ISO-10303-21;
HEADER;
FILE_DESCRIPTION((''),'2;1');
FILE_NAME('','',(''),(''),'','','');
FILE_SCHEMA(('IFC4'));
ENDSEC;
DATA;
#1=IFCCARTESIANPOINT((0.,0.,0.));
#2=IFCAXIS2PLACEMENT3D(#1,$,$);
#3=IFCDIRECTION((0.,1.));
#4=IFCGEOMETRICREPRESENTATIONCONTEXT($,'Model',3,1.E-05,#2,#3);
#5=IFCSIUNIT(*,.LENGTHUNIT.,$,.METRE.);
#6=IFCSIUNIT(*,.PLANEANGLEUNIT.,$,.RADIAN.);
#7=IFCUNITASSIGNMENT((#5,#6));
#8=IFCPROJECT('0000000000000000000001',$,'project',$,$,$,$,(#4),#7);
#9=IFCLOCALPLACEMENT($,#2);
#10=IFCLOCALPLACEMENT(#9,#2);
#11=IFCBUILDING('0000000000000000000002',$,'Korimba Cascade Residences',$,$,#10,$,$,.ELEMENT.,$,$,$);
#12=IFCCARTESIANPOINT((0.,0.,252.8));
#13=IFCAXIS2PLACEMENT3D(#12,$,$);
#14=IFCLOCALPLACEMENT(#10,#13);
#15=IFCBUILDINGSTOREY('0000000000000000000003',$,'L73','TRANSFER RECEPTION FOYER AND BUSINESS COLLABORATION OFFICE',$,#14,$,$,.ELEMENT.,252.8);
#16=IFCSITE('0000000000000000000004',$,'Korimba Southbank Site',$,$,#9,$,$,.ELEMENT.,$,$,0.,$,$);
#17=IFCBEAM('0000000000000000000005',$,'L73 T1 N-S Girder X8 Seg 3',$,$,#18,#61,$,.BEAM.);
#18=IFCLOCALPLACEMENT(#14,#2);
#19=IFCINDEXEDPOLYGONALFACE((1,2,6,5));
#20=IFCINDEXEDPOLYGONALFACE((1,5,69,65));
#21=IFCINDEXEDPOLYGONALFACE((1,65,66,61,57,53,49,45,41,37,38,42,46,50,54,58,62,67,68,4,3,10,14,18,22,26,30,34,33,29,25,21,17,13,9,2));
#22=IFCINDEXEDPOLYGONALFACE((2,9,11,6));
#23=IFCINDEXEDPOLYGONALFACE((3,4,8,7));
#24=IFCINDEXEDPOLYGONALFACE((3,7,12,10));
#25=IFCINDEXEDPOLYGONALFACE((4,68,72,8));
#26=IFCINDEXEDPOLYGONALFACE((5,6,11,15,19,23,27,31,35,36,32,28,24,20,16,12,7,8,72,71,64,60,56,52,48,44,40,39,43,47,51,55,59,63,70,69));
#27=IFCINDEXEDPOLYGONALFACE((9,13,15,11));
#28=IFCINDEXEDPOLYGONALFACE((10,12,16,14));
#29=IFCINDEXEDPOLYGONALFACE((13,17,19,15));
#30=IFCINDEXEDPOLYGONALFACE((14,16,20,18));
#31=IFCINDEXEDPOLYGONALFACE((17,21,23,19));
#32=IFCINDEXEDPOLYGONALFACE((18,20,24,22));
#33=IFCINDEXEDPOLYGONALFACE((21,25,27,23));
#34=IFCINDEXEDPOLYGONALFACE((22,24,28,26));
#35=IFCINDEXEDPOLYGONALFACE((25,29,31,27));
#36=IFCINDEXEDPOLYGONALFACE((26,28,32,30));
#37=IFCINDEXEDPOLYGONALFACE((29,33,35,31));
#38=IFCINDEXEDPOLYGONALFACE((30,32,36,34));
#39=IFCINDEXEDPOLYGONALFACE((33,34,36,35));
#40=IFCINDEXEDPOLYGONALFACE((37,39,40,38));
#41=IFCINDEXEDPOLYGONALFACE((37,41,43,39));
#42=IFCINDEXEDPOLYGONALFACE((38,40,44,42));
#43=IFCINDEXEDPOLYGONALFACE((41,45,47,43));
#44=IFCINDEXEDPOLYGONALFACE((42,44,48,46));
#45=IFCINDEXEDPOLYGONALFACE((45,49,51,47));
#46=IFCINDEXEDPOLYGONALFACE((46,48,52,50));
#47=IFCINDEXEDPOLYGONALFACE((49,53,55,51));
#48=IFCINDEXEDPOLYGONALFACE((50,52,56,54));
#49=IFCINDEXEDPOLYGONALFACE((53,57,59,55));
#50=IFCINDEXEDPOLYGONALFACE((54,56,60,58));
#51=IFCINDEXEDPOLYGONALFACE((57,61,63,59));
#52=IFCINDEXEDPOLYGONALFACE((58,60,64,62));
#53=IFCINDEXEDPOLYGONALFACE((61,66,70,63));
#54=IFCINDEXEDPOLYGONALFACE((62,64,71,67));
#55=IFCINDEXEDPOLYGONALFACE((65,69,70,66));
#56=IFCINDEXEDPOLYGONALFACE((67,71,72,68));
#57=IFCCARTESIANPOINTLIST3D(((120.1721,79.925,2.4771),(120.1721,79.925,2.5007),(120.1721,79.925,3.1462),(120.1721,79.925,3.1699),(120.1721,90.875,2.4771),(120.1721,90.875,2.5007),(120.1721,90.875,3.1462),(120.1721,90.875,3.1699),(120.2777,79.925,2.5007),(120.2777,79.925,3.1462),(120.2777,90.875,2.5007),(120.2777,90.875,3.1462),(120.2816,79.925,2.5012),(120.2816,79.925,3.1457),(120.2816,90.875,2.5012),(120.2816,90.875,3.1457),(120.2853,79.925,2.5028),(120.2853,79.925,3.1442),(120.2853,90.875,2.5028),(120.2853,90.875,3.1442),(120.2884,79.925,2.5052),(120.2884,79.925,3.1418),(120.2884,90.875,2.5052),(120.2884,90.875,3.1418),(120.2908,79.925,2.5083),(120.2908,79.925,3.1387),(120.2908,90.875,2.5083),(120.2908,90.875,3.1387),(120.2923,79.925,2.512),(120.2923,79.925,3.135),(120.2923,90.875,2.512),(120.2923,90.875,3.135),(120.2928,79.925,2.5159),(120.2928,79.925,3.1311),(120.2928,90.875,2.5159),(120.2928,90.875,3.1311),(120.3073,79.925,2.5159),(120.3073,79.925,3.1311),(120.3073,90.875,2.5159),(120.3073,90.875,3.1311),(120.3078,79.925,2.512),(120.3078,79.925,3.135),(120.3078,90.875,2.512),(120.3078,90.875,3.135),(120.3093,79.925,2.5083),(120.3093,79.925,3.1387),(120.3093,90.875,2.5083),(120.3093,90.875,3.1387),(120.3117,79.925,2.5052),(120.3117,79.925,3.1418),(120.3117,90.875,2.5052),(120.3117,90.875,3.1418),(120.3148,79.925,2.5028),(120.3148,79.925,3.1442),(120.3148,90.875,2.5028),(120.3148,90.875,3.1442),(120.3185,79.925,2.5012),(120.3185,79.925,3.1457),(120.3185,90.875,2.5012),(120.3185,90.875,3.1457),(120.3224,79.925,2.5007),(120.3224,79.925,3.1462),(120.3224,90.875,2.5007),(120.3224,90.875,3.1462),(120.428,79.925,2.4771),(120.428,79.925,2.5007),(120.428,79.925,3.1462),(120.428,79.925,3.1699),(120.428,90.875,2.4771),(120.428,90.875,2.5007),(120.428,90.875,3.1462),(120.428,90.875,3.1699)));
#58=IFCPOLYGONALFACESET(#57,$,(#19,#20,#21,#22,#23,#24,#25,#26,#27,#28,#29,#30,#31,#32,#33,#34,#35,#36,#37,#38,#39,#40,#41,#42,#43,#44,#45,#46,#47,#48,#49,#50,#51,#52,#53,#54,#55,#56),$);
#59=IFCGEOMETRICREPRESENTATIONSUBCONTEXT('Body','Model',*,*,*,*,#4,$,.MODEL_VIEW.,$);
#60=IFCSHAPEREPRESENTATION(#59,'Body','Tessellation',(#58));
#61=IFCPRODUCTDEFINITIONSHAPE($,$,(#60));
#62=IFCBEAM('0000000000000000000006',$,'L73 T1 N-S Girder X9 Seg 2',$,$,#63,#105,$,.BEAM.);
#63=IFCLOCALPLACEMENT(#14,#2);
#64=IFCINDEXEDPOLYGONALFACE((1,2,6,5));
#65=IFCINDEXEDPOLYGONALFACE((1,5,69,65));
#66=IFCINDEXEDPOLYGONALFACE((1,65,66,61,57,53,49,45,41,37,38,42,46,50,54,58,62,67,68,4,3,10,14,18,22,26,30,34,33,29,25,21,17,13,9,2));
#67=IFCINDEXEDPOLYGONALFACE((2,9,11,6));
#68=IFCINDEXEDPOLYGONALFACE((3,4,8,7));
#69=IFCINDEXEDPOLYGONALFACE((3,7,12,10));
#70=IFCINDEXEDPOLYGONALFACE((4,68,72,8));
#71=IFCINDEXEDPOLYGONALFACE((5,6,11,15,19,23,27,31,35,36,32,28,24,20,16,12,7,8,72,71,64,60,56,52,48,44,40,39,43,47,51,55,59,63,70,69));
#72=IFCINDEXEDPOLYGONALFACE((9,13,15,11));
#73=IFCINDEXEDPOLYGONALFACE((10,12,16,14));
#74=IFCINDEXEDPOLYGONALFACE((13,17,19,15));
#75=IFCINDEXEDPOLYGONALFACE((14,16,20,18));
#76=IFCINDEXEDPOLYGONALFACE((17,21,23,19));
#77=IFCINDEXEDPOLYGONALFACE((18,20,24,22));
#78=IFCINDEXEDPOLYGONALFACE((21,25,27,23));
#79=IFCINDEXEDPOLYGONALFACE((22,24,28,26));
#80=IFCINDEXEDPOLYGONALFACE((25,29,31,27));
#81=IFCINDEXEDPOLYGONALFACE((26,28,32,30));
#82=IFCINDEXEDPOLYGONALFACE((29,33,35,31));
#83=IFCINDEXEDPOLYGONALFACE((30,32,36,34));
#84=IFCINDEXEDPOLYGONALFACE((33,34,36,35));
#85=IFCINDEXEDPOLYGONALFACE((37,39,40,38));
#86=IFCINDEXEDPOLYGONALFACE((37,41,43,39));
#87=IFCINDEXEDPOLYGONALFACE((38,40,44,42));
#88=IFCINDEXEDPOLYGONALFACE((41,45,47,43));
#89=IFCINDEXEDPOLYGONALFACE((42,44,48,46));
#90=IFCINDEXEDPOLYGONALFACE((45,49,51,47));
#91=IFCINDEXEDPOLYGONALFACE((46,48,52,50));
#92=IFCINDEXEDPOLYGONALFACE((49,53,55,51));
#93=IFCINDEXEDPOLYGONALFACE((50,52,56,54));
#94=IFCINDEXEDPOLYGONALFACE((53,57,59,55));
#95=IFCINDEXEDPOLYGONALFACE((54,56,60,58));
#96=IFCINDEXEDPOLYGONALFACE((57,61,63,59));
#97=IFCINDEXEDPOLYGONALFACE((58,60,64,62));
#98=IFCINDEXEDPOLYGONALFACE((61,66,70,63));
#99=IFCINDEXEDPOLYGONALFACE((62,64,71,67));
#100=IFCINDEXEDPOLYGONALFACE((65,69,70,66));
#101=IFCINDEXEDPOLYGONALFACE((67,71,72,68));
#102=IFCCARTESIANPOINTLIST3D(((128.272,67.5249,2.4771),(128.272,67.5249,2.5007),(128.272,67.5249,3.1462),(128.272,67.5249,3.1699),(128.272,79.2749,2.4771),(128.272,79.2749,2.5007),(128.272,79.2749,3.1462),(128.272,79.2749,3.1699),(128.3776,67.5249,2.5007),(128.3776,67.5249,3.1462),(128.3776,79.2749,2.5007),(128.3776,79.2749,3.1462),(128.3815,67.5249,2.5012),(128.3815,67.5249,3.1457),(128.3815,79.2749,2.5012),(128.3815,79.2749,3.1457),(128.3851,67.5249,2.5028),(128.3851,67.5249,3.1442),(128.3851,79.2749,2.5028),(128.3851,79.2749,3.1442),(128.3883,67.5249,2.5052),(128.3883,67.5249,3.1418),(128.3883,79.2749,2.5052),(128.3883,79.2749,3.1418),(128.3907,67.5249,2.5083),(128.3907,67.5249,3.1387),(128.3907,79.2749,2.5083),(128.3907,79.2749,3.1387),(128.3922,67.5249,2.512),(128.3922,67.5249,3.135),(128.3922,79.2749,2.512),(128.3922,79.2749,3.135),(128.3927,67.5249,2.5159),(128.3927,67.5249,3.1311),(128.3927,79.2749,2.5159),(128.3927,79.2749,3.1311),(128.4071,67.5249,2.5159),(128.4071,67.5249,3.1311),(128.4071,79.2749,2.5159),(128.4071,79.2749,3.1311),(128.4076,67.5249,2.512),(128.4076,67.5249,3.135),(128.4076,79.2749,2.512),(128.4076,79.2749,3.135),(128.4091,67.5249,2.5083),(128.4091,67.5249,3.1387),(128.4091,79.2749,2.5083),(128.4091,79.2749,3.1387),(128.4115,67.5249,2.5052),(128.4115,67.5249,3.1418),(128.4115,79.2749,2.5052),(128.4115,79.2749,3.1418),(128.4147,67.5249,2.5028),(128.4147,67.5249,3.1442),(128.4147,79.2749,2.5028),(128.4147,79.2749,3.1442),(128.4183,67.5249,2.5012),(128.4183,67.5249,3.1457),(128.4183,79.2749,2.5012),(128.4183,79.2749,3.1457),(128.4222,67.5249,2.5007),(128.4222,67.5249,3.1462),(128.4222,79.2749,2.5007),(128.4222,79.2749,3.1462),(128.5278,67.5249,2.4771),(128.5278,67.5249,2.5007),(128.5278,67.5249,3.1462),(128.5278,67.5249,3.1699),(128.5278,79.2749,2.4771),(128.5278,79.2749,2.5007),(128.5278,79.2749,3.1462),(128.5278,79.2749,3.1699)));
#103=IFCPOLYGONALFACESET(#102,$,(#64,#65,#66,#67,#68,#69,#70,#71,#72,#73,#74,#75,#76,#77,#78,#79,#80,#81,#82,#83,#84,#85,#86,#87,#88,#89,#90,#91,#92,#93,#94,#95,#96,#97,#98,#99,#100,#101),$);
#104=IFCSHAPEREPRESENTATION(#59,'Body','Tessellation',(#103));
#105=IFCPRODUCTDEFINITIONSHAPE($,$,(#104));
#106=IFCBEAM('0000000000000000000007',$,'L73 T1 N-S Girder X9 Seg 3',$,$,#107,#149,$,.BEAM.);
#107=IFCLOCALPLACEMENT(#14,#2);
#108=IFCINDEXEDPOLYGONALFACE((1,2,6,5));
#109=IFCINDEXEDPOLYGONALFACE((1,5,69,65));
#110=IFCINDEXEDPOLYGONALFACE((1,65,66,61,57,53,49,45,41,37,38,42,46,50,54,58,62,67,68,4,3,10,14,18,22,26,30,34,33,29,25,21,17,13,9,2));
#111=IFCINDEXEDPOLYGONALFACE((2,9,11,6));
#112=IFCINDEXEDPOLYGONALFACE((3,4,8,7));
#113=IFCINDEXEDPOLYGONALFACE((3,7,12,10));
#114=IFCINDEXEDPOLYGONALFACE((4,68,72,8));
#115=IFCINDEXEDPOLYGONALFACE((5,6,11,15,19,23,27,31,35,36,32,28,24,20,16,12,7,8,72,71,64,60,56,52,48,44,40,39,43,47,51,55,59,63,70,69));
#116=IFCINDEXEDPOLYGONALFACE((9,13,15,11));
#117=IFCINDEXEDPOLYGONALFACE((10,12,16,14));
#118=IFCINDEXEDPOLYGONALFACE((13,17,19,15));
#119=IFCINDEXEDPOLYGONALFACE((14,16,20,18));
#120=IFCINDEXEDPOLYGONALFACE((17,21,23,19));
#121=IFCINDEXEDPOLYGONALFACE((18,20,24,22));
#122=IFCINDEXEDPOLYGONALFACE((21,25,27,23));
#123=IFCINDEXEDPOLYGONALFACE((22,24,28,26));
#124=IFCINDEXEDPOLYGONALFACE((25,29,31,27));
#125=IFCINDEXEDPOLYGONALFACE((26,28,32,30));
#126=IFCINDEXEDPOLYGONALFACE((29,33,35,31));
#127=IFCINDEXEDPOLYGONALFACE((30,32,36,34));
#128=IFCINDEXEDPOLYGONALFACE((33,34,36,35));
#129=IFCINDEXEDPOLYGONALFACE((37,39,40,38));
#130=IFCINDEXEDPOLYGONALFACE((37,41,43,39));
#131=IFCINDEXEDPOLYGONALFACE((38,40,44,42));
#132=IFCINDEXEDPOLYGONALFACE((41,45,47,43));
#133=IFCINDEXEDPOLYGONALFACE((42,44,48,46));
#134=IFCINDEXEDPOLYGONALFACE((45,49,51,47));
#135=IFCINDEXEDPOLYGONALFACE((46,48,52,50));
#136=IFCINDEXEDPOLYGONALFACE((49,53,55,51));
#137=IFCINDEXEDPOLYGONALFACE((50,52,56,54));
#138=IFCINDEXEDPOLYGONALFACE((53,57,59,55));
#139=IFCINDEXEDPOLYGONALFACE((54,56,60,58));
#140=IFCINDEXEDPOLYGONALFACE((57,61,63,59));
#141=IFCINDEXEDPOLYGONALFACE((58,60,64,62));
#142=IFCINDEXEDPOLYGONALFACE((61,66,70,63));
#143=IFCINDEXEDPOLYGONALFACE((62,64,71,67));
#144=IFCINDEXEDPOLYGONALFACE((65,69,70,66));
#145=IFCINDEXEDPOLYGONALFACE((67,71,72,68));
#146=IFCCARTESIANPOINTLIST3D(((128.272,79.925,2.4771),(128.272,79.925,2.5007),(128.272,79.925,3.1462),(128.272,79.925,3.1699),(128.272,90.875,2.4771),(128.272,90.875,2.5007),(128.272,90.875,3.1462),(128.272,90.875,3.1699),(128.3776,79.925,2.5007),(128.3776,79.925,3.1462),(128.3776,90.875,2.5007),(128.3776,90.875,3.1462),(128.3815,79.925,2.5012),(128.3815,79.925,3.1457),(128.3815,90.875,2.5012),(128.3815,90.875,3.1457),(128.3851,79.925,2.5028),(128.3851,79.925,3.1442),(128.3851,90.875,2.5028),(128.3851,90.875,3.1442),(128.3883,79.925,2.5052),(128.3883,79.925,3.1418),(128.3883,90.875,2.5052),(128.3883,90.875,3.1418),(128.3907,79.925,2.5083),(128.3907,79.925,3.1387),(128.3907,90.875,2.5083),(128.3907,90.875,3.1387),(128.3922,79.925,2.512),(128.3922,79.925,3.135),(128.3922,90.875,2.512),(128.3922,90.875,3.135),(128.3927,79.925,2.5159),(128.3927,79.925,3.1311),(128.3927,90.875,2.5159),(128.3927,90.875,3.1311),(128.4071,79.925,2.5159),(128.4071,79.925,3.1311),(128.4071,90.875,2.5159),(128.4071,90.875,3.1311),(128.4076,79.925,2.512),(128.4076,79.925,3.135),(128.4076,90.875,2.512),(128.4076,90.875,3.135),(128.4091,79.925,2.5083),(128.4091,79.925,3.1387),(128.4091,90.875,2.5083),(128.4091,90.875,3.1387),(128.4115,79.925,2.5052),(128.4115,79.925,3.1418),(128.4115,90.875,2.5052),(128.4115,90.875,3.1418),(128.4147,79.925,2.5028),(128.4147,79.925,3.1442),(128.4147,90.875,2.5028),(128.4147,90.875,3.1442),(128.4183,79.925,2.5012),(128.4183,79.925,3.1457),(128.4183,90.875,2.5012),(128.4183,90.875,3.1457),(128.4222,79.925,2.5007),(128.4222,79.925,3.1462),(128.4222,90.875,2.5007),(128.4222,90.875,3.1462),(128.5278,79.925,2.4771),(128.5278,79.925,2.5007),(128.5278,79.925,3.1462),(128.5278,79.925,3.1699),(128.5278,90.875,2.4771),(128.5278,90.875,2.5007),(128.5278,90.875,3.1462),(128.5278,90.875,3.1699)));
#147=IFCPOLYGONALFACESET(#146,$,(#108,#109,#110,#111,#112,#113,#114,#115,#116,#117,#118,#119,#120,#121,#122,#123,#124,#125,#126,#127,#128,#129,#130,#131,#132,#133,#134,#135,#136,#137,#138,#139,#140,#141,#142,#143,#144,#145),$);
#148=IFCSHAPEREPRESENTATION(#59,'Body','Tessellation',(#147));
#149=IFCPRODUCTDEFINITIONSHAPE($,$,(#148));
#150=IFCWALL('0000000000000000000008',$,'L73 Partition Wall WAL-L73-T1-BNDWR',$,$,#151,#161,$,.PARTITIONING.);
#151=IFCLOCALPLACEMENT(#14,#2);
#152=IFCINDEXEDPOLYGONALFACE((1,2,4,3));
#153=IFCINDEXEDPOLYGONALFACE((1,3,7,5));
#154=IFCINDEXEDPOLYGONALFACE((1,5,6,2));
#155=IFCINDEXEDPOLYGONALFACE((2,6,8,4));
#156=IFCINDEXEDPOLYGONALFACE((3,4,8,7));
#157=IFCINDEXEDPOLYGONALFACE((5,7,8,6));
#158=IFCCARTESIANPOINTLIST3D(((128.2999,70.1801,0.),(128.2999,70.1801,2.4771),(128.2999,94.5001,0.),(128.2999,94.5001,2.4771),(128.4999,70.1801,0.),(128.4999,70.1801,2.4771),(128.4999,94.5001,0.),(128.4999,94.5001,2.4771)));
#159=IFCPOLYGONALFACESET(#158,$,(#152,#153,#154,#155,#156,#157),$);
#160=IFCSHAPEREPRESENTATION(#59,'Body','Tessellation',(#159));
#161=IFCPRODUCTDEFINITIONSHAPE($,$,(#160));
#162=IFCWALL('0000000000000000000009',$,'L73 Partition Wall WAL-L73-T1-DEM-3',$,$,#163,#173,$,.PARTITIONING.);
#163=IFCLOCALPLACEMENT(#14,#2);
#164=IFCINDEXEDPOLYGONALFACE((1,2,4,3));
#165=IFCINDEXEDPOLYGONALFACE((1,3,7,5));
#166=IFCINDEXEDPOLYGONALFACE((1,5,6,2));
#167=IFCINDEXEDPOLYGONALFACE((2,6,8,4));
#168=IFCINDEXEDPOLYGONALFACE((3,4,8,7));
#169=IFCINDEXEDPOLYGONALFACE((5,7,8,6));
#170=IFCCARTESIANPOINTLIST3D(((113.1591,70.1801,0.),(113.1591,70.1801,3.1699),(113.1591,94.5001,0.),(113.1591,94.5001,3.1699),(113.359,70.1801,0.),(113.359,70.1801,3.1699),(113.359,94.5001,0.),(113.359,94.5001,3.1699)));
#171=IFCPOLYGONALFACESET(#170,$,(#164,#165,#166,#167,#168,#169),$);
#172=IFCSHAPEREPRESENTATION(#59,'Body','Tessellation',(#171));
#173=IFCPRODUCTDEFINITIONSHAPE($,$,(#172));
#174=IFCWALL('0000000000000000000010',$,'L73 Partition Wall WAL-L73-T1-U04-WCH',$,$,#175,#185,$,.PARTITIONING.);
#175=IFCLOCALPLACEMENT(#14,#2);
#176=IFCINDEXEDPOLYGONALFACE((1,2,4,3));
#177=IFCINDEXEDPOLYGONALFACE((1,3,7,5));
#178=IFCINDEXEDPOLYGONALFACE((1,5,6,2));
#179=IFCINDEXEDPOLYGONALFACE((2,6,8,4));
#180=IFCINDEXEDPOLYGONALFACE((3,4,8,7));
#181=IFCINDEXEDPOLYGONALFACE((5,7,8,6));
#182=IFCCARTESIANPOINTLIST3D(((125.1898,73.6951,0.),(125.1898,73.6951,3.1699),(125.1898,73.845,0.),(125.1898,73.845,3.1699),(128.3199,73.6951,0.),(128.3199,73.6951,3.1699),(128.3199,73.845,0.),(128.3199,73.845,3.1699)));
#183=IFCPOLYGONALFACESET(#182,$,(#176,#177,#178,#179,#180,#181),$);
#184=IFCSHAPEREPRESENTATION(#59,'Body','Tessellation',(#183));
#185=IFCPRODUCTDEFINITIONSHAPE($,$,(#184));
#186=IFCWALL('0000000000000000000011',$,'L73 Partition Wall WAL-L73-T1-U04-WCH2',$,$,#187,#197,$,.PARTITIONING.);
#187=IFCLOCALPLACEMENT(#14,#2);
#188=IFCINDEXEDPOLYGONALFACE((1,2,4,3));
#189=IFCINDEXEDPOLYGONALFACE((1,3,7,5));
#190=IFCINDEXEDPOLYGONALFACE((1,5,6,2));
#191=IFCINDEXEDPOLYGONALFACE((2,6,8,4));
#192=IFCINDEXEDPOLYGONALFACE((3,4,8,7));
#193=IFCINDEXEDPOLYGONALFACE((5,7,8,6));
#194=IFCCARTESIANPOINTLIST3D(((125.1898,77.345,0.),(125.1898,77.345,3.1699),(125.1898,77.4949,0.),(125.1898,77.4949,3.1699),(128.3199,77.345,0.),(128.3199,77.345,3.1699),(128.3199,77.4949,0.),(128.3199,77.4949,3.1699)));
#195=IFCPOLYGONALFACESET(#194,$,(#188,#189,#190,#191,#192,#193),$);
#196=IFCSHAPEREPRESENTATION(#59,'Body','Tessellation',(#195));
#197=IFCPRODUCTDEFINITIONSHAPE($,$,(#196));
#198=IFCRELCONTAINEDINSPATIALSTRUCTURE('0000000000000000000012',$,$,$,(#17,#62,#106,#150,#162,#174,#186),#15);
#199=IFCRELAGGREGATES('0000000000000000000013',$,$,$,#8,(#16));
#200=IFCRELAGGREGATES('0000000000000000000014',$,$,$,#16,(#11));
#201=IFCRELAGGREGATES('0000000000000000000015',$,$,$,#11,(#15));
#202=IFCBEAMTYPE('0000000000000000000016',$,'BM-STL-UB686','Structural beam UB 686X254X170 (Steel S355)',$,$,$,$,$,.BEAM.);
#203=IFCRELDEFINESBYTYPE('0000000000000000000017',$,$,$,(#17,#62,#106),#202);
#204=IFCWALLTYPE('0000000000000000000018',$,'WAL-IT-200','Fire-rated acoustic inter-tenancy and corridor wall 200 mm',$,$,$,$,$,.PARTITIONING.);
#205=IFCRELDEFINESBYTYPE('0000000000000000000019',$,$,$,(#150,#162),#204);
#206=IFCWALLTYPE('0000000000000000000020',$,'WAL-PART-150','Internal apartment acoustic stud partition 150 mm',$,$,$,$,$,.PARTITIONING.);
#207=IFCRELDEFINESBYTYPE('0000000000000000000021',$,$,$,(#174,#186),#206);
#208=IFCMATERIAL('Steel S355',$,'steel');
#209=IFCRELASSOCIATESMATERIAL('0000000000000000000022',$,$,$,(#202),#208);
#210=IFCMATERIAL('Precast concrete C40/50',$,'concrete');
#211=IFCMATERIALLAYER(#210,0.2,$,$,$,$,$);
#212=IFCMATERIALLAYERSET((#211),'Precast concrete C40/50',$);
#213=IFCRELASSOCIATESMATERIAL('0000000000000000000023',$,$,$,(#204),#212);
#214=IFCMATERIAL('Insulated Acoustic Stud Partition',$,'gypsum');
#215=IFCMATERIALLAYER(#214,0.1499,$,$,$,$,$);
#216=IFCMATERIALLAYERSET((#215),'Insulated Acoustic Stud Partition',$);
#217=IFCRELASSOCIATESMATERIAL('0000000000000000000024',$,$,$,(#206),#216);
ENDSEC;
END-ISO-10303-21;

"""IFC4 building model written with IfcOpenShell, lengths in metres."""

from ifc_helpers import new_model, si_unit, direction, frame, frame_2d, origin, origin_2d, place, context, subcontext, project, spatial, rectangle, i_section, extrude, material, layer, layer_set, material_profile, profile_set, type_object, element, save


model = new_model("IFC4")

# Units and contexts
model_context = context("Model", 3, precision=1e-05, world=origin(), true_north=direction((0.0, 1.0)))
body_context = subcontext(model_context, "Body", "Model", "MODEL_VIEW")
ifc_project = project(units=[si_unit("LENGTHUNIT", "METRE"), si_unit("PLANEANGLEUNIT", "RADIAN")], contexts=[model_context])

# Site, building, storey
site_placement = place(None, origin())
site = spatial("IfcSite", under=ifc_project, at=site_placement, Name="Korimba Southbank Site", CompositionType="ELEMENT", RefElevation=0.0)
building_placement = place(site_placement, origin())
building = spatial("IfcBuilding", under=site, at=building_placement, Name="Korimba Cascade Residences", CompositionType="ELEMENT")
storey_placement = place(building_placement, frame((0.0, 0.0, 252.8)))
storey = spatial("IfcBuildingStorey", under=building, at=storey_placement, Name="L73", Description="TRANSFER RECEPTION FOYER AND BUSINESS COLLABORATION OFFICE", CompositionType="ELEMENT", Elevation=252.8)

# Beams
ifc_material_1 = material(Name="Steel S355", Category="steel")
ifc_material_profile_1 = material_profile(ifc_material_1, i_section(OverallWidth=0.2559, OverallDepth=0.6929, WebThickness=0.0144, FlangeThickness=0.0237, FilletRadius=0.0151, at=origin_2d()), Name="Steel S355")
ifc_profile_set_1 = profile_set([ifc_material_profile_1], Name="Steel S355")
beam_type_1 = type_object("IfcBeamType", Name="BM-STL-UB686", Description="Structural beam UB 686X254X170 (Steel S355)", PredefinedType="BEAM", material=ifc_profile_set_1)
beam_1_placement = place(storey_placement, frame((120.3, 79.925, 2.8235), z_axis=(0.0, 1.0, 0.0), x_axis=(-1.0, 0.0, 0.0)))
element("IfcBeam", 1, at=beam_1_placement, inside=storey, type_object=beam_type_1, Name="L73 T1 N-S Girder X8 Seg 3", PredefinedType="BEAM", context=body_context, shape_type="SweptSolid", body=[
    extrude(i_section(OverallWidth=0.2559, OverallDepth=0.6929, WebThickness=0.0144, FlangeThickness=0.0237, FilletRadius=0.0151, at=origin_2d()), origin(), (0.0, 0.0, 1.0), 10.95),
])
beam_2_placement = place(storey_placement, frame((128.3999, 67.5249, 2.8235), z_axis=(0.0, 1.0, 0.0), x_axis=(-1.0, 0.0, 0.0)))
element("IfcBeam", 2, at=beam_2_placement, inside=storey, type_object=beam_type_1, Name="L73 T1 N-S Girder X9 Seg 2", PredefinedType="BEAM", context=body_context, shape_type="SweptSolid", body=[
    extrude(i_section(OverallWidth=0.2559, OverallDepth=0.6929, WebThickness=0.0144, FlangeThickness=0.0237, FilletRadius=0.0151, at=origin_2d()), origin(), (0.0, 0.0, 1.0), 11.75),
])
beam_3_placement = place(storey_placement, frame((128.3999, 79.925, 2.8235), z_axis=(0.0, 1.0, 0.0), x_axis=(-1.0, 0.0, 0.0)))
element("IfcBeam", 3, at=beam_3_placement, inside=storey, type_object=beam_type_1, Name="L73 T1 N-S Girder X9 Seg 3", PredefinedType="BEAM", context=body_context, shape_type="SweptSolid", body=[
    extrude(i_section(OverallWidth=0.2559, OverallDepth=0.6929, WebThickness=0.0144, FlangeThickness=0.0237, FilletRadius=0.0151, at=origin_2d()), origin(), (0.0, 0.0, 1.0), 10.95),
])

# Walls
ifc_material_2 = material(Name="Precast concrete C40/50", Category="concrete")
ifc_layer_1 = layer(ifc_material_2, 0.2)
ifc_layer_set_1 = layer_set([ifc_layer_1], Name="Precast concrete C40/50")
wall_type_1 = type_object("IfcWallType", Name="WAL-IT-200", Description="Fire-rated acoustic inter-tenancy and corridor wall 200 mm", PredefinedType="PARTITIONING", material=ifc_layer_set_1)
wall_1_placement = place(storey_placement, frame((128.3999, 70.1799, 0.0), z_axis=(0.0, 0.0, 1.0), x_axis=(0.0, 1.0, 0.0)))
element("IfcWall", 4, at=wall_1_placement, inside=storey, type_object=wall_type_1, Name="L73 Partition Wall WAL-L73-T1-BNDWR", PredefinedType="PARTITIONING", context=body_context, shape_type="SweptSolid", body=[
    extrude(rectangle(XDim=24.3201, YDim=0.2, at=frame_2d((12.1602, 0.0))), origin(), (0.0, 0.0, 1.0), 2.4771),
])
wall_2_placement = place(storey_placement, frame((113.259, 70.1799, 0.0), z_axis=(0.0, 0.0, 1.0), x_axis=(0.0, 1.0, 0.0)))
element("IfcWall", 5, at=wall_2_placement, inside=storey, type_object=wall_type_1, Name="L73 Partition Wall WAL-L73-T1-DEM-3", PredefinedType="PARTITIONING", context=body_context, shape_type="SweptSolid", body=[
    extrude(rectangle(XDim=24.3201, YDim=0.2, at=frame_2d((12.1602, 0.0))), origin(), (0.0, 0.0, 1.0), 3.1699),
])
ifc_material_3 = material(Name="Insulated Acoustic Stud Partition", Category="gypsum")
ifc_layer_2 = layer(ifc_material_3, 0.1499)
ifc_layer_set_2 = layer_set([ifc_layer_2], Name="Insulated Acoustic Stud Partition")
wall_type_2 = type_object("IfcWallType", Name="WAL-PART-150", Description="Internal apartment acoustic stud partition 150 mm", PredefinedType="PARTITIONING", material=ifc_layer_set_2)
for number, where, z_axis, x_axis, name in (
    (6, (125.1899, 73.77, 0.0), (0.0, 0.0, 1.0), (1.0, 0.0, 0.0), "L73 Partition Wall WAL-L73-T1-U04-WCH"),
    (7, (125.1899, 77.4199, 0.0), (0.0, 0.0, 1.0), (1.0, 0.0, 0.0), "L73 Partition Wall WAL-L73-T1-U04-WCH2"),
):
    element("IfcWall", number, at=place(storey_placement, frame(where, z_axis=z_axis, x_axis=x_axis)), inside=storey, type_object=wall_type_2, Name=name, PredefinedType="PARTITIONING", context=body_context, shape_type="SweptSolid", body=[
        extrude(rectangle(XDim=3.1301, YDim=0.1499, at=frame_2d((1.5649, 0.0))), origin(), (0.0, 0.0, 1.0), 3.1699),
    ])

save(model, "model.ifc")
